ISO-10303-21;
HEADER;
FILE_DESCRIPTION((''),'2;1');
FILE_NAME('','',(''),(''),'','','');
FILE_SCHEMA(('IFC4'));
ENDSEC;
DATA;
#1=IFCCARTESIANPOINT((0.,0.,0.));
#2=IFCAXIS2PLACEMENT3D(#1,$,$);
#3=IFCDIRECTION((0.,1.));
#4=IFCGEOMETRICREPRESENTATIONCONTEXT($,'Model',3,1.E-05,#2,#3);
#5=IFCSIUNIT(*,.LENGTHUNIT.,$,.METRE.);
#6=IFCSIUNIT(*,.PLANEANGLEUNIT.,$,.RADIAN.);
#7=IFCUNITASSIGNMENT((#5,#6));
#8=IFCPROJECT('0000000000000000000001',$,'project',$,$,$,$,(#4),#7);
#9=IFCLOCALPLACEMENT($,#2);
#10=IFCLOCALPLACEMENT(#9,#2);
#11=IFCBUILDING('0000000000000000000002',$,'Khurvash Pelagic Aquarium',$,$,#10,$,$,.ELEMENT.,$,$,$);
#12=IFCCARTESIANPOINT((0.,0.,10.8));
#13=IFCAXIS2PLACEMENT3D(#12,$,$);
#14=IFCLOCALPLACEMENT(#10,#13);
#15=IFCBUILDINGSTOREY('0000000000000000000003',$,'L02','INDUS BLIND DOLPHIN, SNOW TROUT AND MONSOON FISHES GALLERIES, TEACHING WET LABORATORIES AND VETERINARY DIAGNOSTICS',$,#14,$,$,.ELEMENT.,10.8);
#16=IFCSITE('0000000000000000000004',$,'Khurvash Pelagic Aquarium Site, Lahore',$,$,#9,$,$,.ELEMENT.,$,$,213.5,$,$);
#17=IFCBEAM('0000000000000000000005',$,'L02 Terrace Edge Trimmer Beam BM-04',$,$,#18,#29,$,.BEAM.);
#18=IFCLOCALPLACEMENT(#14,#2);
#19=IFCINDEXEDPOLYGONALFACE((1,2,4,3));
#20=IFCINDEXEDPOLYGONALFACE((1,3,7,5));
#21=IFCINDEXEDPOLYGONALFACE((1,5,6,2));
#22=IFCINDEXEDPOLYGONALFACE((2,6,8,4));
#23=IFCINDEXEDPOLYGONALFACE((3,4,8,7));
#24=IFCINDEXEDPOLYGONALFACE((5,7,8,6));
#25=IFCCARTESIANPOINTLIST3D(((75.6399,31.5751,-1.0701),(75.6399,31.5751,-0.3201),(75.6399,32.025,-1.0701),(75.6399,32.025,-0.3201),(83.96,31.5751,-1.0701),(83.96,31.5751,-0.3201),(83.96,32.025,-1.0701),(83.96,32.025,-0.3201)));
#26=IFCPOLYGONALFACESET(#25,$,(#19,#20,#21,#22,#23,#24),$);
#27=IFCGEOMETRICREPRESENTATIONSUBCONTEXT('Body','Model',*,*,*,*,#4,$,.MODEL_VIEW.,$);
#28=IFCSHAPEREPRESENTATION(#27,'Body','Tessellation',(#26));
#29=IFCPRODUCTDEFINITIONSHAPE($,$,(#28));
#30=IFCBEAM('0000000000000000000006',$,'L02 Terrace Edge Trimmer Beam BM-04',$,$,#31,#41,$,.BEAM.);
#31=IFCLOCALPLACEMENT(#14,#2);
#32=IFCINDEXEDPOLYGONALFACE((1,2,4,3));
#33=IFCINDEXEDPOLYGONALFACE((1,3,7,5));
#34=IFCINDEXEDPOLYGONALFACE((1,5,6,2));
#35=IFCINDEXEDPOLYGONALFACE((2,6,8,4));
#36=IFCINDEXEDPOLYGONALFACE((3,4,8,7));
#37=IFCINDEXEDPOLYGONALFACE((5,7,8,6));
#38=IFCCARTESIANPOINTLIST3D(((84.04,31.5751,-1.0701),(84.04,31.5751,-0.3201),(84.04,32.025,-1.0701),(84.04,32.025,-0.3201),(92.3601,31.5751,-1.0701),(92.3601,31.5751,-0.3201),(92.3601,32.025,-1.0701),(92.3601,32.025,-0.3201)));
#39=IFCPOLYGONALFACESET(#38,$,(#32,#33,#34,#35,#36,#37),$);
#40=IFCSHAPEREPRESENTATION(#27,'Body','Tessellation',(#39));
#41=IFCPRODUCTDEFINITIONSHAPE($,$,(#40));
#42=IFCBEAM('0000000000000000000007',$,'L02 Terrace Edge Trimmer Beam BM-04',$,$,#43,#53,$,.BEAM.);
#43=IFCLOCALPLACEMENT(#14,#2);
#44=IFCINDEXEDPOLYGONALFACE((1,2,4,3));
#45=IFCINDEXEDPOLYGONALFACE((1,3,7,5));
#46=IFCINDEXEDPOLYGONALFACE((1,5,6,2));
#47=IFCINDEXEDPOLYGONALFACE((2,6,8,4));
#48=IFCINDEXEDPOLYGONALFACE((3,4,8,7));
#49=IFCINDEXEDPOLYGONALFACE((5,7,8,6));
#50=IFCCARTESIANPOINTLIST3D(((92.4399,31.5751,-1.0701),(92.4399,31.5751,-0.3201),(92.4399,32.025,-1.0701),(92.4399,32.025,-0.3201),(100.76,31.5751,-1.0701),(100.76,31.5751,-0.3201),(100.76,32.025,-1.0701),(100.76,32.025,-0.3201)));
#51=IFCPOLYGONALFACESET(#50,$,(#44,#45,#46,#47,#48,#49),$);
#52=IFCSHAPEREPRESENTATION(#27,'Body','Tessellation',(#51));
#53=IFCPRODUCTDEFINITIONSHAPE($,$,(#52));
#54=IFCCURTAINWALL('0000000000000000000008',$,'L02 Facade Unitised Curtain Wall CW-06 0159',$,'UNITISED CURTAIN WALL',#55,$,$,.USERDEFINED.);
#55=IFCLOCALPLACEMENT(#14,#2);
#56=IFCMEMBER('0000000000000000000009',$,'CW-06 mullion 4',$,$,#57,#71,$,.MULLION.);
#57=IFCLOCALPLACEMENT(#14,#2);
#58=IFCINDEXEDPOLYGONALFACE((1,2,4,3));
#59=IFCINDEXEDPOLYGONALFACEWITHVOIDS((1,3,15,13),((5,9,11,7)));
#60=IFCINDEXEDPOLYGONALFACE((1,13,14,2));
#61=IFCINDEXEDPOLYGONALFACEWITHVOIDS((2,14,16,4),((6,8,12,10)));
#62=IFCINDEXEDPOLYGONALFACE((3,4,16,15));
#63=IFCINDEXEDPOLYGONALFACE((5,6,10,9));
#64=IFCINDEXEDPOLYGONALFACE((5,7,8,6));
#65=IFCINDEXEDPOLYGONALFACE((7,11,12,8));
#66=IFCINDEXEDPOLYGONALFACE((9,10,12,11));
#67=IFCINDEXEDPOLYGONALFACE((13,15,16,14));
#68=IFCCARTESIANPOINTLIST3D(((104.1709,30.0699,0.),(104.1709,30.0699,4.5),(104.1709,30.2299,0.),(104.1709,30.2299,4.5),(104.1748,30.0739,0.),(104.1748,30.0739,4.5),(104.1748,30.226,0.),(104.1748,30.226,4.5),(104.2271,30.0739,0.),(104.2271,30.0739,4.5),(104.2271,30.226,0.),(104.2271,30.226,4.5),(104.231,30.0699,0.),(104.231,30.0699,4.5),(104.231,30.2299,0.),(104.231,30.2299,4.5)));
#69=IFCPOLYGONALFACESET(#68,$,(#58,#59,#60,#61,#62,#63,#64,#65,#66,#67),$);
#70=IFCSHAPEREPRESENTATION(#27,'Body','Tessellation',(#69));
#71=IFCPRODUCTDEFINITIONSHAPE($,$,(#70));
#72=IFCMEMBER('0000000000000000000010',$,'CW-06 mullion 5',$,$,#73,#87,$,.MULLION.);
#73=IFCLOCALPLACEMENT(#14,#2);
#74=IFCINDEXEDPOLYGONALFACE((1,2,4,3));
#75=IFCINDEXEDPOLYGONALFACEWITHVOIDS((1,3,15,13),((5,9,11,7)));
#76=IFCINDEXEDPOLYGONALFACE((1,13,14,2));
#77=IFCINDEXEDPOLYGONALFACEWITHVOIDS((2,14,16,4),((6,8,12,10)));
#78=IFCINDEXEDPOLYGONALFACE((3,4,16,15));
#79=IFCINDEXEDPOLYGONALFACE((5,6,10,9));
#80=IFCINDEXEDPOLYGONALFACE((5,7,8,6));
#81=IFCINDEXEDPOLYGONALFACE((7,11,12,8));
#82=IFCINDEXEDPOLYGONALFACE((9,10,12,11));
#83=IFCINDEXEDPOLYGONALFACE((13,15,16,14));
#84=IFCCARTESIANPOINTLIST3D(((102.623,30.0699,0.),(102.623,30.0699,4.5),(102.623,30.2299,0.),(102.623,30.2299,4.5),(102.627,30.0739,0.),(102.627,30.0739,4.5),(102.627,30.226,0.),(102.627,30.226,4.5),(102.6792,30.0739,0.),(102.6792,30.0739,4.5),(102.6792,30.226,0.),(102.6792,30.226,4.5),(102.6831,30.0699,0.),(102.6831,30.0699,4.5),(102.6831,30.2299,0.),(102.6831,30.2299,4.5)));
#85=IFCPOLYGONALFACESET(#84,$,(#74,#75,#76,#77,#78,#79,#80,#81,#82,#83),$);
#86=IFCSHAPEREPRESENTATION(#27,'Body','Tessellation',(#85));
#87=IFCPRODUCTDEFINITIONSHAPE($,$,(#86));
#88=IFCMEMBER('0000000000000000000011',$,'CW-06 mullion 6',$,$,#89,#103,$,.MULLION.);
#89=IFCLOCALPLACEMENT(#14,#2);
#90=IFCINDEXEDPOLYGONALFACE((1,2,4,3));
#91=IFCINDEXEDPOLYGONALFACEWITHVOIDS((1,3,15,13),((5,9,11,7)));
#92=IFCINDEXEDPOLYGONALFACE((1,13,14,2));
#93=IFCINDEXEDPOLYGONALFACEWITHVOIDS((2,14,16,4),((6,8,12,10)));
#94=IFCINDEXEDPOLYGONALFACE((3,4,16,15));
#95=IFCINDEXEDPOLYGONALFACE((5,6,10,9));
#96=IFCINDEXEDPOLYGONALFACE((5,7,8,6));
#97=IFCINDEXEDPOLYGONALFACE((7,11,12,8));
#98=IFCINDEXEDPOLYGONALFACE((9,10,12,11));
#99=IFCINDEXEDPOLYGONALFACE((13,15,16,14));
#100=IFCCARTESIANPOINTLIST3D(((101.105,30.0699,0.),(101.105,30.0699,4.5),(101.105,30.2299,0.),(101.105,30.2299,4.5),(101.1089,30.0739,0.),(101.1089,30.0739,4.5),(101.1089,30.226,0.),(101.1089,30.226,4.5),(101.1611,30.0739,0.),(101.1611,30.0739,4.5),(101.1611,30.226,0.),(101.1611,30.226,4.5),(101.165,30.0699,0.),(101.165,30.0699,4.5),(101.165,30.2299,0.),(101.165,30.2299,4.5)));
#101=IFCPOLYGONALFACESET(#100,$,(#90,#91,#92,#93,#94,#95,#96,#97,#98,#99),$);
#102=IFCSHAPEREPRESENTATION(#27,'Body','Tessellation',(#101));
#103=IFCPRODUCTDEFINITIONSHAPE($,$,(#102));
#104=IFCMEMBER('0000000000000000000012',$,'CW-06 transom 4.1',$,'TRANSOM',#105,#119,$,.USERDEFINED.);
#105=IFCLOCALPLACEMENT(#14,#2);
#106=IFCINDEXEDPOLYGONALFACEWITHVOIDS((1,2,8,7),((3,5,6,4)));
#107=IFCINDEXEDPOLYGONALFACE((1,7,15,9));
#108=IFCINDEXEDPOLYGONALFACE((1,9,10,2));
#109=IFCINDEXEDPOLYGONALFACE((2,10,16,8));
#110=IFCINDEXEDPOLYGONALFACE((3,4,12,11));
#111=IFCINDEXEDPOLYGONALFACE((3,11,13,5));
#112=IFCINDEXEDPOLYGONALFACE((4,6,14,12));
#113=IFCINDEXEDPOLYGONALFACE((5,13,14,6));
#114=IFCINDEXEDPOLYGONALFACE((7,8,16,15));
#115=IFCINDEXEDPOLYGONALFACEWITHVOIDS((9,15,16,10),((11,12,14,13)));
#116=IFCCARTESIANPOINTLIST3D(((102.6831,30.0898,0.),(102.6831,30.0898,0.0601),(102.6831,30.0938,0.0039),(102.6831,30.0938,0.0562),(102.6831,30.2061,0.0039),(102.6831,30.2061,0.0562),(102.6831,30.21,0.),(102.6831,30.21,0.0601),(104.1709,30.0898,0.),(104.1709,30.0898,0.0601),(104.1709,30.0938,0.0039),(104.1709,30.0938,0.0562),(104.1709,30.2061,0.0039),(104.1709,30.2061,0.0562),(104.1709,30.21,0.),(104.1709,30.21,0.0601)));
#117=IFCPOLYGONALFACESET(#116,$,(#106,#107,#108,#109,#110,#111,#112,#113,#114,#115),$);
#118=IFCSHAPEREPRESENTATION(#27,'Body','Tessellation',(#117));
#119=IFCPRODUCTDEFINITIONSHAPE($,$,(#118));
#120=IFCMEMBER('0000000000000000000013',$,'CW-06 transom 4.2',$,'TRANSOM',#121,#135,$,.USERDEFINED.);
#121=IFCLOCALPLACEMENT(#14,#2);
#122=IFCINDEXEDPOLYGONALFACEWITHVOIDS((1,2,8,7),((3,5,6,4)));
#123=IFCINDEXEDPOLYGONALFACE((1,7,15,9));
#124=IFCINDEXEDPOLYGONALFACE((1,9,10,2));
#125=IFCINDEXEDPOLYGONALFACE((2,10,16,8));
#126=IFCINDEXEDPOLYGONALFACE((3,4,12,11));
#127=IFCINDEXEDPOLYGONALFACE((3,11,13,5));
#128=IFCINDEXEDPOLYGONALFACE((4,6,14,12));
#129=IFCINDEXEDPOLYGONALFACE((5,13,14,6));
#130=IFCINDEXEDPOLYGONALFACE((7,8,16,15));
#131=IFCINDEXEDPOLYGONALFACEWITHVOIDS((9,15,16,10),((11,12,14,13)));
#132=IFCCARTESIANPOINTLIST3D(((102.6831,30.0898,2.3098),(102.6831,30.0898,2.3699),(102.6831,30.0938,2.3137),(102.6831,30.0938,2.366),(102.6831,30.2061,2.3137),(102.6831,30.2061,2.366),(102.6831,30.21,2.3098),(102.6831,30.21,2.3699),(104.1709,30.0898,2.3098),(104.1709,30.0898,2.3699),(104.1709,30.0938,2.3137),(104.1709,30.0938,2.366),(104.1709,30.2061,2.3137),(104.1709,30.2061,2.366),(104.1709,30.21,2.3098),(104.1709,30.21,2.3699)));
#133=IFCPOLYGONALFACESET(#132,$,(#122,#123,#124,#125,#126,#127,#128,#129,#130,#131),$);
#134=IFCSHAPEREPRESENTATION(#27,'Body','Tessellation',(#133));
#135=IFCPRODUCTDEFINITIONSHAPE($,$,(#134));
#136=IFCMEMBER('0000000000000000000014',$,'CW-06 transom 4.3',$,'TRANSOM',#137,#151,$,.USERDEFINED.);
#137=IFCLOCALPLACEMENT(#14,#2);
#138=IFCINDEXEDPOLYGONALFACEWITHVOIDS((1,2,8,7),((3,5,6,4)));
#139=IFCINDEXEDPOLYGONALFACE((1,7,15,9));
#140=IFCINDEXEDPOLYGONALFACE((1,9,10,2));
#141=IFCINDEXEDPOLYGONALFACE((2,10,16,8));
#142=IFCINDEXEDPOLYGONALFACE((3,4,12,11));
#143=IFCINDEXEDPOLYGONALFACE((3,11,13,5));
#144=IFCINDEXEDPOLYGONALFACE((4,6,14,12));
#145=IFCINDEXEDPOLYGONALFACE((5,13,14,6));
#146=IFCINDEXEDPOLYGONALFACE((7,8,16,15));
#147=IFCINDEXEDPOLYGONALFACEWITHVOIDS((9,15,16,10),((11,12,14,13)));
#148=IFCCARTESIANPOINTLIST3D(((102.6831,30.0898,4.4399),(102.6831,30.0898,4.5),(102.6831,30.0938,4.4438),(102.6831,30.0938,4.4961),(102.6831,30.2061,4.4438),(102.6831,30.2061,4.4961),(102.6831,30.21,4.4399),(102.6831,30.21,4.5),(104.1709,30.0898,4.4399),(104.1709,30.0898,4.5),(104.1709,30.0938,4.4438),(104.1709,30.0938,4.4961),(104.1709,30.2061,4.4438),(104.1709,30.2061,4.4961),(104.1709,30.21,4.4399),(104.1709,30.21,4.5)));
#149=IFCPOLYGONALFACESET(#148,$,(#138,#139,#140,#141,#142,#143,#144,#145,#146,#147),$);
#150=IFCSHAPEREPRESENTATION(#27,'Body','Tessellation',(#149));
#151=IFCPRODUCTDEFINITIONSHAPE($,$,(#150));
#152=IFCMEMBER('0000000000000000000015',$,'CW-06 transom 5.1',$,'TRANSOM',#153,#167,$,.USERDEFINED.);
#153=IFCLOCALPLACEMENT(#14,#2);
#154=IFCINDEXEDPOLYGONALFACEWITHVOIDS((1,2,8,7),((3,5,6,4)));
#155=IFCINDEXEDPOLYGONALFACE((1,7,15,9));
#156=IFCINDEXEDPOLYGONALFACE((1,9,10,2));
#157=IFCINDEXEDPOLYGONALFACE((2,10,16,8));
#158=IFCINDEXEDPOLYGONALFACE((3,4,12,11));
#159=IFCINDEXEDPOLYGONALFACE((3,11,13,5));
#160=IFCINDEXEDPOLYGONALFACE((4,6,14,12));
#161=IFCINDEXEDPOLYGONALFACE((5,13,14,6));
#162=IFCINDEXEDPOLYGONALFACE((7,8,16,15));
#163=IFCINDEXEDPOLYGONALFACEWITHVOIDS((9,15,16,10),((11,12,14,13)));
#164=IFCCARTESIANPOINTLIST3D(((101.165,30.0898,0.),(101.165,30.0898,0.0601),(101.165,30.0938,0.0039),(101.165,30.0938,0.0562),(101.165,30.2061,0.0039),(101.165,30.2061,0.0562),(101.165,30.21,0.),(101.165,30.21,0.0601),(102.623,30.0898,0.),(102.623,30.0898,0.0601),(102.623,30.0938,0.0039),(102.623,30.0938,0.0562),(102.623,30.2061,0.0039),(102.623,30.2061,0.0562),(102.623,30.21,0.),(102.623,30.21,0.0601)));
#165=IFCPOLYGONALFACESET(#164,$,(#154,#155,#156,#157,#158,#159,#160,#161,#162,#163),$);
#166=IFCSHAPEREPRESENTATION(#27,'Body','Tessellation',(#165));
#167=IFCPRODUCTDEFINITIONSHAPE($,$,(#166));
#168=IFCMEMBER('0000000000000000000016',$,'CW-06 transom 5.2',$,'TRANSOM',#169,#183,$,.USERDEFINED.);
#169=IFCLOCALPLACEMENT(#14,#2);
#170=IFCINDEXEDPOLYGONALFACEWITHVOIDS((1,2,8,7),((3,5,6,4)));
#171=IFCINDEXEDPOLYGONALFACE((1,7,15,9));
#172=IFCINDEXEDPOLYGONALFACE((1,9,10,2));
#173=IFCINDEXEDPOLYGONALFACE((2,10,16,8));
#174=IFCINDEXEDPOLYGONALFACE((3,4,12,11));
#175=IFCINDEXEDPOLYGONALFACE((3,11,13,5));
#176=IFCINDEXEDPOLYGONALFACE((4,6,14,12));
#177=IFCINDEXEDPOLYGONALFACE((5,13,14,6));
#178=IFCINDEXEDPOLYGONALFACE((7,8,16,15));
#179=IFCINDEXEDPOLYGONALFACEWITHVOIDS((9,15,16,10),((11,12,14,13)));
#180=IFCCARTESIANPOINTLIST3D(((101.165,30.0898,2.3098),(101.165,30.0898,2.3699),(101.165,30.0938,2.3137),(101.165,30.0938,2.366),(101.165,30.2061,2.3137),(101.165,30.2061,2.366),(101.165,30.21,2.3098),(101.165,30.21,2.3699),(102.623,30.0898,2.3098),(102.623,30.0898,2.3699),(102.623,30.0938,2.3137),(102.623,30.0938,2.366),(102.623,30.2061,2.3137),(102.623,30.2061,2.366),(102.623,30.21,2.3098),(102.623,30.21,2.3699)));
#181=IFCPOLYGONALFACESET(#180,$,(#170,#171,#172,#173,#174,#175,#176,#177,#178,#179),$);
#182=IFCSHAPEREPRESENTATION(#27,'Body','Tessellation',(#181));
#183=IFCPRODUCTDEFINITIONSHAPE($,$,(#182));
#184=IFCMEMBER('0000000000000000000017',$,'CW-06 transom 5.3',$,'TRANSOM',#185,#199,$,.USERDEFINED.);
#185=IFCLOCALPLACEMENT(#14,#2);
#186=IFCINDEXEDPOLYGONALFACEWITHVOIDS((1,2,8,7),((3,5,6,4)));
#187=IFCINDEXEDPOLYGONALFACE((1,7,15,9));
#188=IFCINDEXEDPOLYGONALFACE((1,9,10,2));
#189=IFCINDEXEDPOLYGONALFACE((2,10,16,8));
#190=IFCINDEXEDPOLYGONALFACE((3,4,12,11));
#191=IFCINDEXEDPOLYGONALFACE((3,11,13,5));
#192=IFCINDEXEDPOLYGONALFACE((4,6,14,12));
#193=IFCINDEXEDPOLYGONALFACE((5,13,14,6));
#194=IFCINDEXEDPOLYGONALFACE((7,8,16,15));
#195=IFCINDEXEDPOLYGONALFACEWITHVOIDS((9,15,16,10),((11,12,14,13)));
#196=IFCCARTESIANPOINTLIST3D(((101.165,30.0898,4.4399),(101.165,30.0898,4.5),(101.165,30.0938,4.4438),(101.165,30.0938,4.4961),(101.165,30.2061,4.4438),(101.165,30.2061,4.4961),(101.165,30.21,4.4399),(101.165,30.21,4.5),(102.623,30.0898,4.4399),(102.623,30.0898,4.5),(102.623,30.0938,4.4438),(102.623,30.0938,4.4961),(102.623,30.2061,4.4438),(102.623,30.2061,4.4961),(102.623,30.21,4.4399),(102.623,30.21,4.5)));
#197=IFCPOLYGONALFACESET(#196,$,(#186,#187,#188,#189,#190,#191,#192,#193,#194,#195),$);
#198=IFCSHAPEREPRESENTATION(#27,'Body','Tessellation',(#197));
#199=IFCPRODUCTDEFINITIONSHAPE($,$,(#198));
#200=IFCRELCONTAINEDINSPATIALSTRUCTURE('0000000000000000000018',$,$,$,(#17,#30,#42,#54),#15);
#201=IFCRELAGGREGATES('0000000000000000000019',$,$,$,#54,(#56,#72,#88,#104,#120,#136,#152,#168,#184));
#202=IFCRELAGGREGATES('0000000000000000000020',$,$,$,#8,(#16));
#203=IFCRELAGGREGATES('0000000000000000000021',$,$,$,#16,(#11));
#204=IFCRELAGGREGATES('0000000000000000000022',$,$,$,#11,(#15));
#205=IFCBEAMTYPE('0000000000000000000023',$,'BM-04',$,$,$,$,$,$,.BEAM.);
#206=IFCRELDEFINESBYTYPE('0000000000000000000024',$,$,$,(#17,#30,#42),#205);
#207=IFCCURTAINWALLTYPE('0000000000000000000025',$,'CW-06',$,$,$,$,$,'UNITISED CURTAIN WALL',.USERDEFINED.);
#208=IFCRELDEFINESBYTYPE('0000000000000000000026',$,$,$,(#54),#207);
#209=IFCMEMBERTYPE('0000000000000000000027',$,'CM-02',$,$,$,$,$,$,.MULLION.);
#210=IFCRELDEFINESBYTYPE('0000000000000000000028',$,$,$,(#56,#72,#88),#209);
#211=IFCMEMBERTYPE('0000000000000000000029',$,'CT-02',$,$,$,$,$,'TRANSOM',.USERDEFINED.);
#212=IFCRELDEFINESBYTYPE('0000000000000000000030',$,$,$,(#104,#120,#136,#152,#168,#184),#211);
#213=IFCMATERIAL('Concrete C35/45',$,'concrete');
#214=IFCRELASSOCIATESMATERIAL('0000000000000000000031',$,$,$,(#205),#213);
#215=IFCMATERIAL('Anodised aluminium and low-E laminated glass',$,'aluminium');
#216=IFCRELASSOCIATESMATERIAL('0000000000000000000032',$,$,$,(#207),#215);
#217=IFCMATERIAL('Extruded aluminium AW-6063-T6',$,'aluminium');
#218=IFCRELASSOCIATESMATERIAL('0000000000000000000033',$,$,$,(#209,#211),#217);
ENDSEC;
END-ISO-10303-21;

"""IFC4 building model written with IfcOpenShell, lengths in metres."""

from ifc_helpers import new_model, si_unit, direction, frame, origin, origin_2d, place, context, subcontext, project, spatial, rectangle, hollow_rectangle, extrude, material, material_profile, profile_set, type_object, element, aggregate, save


model = new_model("IFC4")

# Units and contexts
model_context = context("Model", 3, precision=1e-05, world=origin(), true_north=direction((0.0, 1.0)))
body_context = subcontext(model_context, "Body", "Model", "MODEL_VIEW")
ifc_project = project(units=[si_unit("LENGTHUNIT", "METRE"), si_unit("PLANEANGLEUNIT", "RADIAN")], contexts=[model_context])

# Site, building, storey
site_placement = place(None, origin())
site = spatial("IfcSite", under=ifc_project, at=site_placement, Name="Khurvash Pelagic Aquarium Site, Lahore", CompositionType="ELEMENT", RefElevation=213.5)
building_placement = place(site_placement, origin())
building = spatial("IfcBuilding", under=site, at=building_placement, Name="Khurvash Pelagic Aquarium", CompositionType="ELEMENT")
storey_placement = place(building_placement, frame((0.0, 0.0, 10.8)))
storey = spatial("IfcBuildingStorey", under=building, at=storey_placement, Name="L02", Description="INDUS BLIND DOLPHIN, SNOW TROUT AND MONSOON FISHES GALLERIES, TEACHING WET LABORATORIES AND VETERINARY DIAGNOSTICS", CompositionType="ELEMENT", Elevation=10.8)

# Beams
ifc_material_1 = material(Name="Concrete C35/45", Category="concrete")
ifc_material_profile_1 = material_profile(ifc_material_1, rectangle(XDim=0.45, YDim=0.75, at=origin_2d()), Name="RC450X750")
ifc_profile_set_1 = profile_set([ifc_material_profile_1], Name="Concrete C35/45")
beam_type = type_object("IfcBeamType", Name="BM-04", PredefinedType="BEAM", material=ifc_profile_set_1)
for number, where, z_axis, x_axis, name in (
    (1, (75.6399, 31.8, -0.6951), (1.0, 0.0, 0.0), (0.0, 1.0, 0.0), "L02 Terrace Edge Trimmer Beam BM-04"),
    (2, (84.04, 31.8, -0.6951), (1.0, 0.0, 0.0), (0.0, 1.0, 0.0), "L02 Terrace Edge Trimmer Beam BM-04"),
    (3, (92.4399, 31.8, -0.6951), (1.0, 0.0, 0.0), (0.0, 1.0, 0.0), "L02 Terrace Edge Trimmer Beam BM-04"),
):
    element("IfcBeam", number, at=place(storey_placement, frame(where, z_axis=z_axis, x_axis=x_axis)), inside=storey, type_object=beam_type, Name=name, PredefinedType="BEAM", context=body_context, shape_type="SweptSolid", body=[
        extrude(rectangle(XDim=0.45, YDim=0.75, at=origin_2d()), origin(), (0.0, 0.0, 1.0), 8.3201),
    ])

# Curtain wall, members
ifc_material_2 = material(Name="Anodised aluminium and low-E laminated glass", Category="aluminium")
curtain_wall_type = type_object("IfcCurtainWallType", Name="CW-06", ElementType="UNITISED CURTAIN WALL", PredefinedType="USERDEFINED", material=ifc_material_2)
curtain_wall_placement = place(storey_placement, origin())
curtain_wall = element("IfcCurtainWall", 4, at=curtain_wall_placement, inside=storey, type_object=curtain_wall_type, Name="L02 Facade Unitised Curtain Wall CW-06 0159", ObjectType="UNITISED CURTAIN WALL", PredefinedType="USERDEFINED")
ifc_material_3 = material(Name="Extruded aluminium AW-6063-T6", Category="aluminium")
ifc_material_profile_2 = material_profile(ifc_material_3, hollow_rectangle(XDim=0.0601, YDim=0.1599, WallThickness=0.0039, at=origin_2d()), Name="CWM60X160X4")
ifc_profile_set_2 = profile_set([ifc_material_profile_2], Name="Extruded aluminium AW-6063-T6")
member_type_1 = type_object("IfcMemberType", Name="CM-02", PredefinedType="MULLION", material=ifc_profile_set_2)
member_1_placement = place(storey_placement, frame((104.2009, 30.1499, 0.0), z_axis=(0.0, 0.0, 1.0), x_axis=(-1.0, 0.0, 0.0)))
member_1 = element("IfcMember", 5, at=member_1_placement, type_object=member_type_1, Name="CW-06 mullion 4", PredefinedType="MULLION", context=body_context, shape_type="SweptSolid", body=[
    extrude(hollow_rectangle(XDim=0.0601, YDim=0.1599, WallThickness=0.0039, at=origin_2d()), origin(), (0.0, 0.0, 1.0), 4.5),
])
member_2_placement = place(storey_placement, frame((102.6531, 30.1499, 0.0), z_axis=(0.0, 0.0, 1.0), x_axis=(-1.0, 0.0, 0.0)))
member_2 = element("IfcMember", 6, at=member_2_placement, type_object=member_type_1, Name="CW-06 mullion 5", PredefinedType="MULLION", context=body_context, shape_type="SweptSolid", body=[
    extrude(hollow_rectangle(XDim=0.0601, YDim=0.1599, WallThickness=0.0039, at=origin_2d()), origin(), (0.0, 0.0, 1.0), 4.5),
])
member_3_placement = place(storey_placement, frame((101.135, 30.1499, 0.0), z_axis=(0.0, 0.0, 1.0), x_axis=(-1.0, 0.0, 0.0)))
member_3 = element("IfcMember", 7, at=member_3_placement, type_object=member_type_1, Name="CW-06 mullion 6", PredefinedType="MULLION", context=body_context, shape_type="SweptSolid", body=[
    extrude(hollow_rectangle(XDim=0.0601, YDim=0.1599, WallThickness=0.0039, at=origin_2d()), origin(), (0.0, 0.0, 1.0), 4.5),
])
ifc_material_profile_3 = material_profile(ifc_material_3, hollow_rectangle(XDim=0.1201, YDim=0.0601, WallThickness=0.0039, at=origin_2d()), Name="CWT120X60X4")
ifc_profile_set_3 = profile_set([ifc_material_profile_3], Name="Extruded aluminium AW-6063-T6")
member_type_2 = type_object("IfcMemberType", Name="CT-02", ElementType="TRANSOM", PredefinedType="USERDEFINED", material=ifc_profile_set_3)
member_4_placement = place(storey_placement, frame((104.1709, 30.1499, 0.03), z_axis=(-1.0, 0.0, 0.0), x_axis=(0.0, -1.0, 0.0)))
member_4 = element("IfcMember", 8, at=member_4_placement, type_object=member_type_2, Name="CW-06 transom 4.1", ObjectType="TRANSOM", PredefinedType="USERDEFINED", context=body_context, shape_type="SweptSolid", body=[
    extrude(hollow_rectangle(XDim=0.1201, YDim=0.0601, WallThickness=0.0039, at=origin_2d()), origin(), (0.0, 0.0, 1.0), 1.4878),
])
member_5_placement = place(storey_placement, frame((104.1709, 30.1499, 2.3398), z_axis=(-1.0, 0.0, 0.0), x_axis=(0.0, -1.0, 0.0)))
member_5 = element("IfcMember", 9, at=member_5_placement, type_object=member_type_2, Name="CW-06 transom 4.2", ObjectType="TRANSOM", PredefinedType="USERDEFINED", context=body_context, shape_type="SweptSolid", body=[
    extrude(hollow_rectangle(XDim=0.1201, YDim=0.0601, WallThickness=0.0039, at=origin_2d()), origin(), (0.0, 0.0, 1.0), 1.4878),
])
member_6_placement = place(storey_placement, frame((104.1709, 30.1499, 4.47), z_axis=(-1.0, 0.0, 0.0), x_axis=(0.0, -1.0, 0.0)))
member_6 = element("IfcMember", 10, at=member_6_placement, type_object=member_type_2, Name="CW-06 transom 4.3", ObjectType="TRANSOM", PredefinedType="USERDEFINED", context=body_context, shape_type="SweptSolid", body=[
    extrude(hollow_rectangle(XDim=0.1201, YDim=0.0601, WallThickness=0.0039, at=origin_2d()), origin(), (0.0, 0.0, 1.0), 1.4878),
])
member_7_placement = place(storey_placement, frame((102.623, 30.1499, 0.03), z_axis=(-1.0, 0.0, 0.0), x_axis=(0.0, -1.0, 0.0)))
member_7 = element("IfcMember", 11, at=member_7_placement, type_object=member_type_2, Name="CW-06 transom 5.1", ObjectType="TRANSOM", PredefinedType="USERDEFINED", context=body_context, shape_type="SweptSolid", body=[
    extrude(hollow_rectangle(XDim=0.1201, YDim=0.0601, WallThickness=0.0039, at=origin_2d()), origin(), (0.0, 0.0, 1.0), 1.458),
])
member_8_placement = place(storey_placement, frame((102.623, 30.1499, 2.3398), z_axis=(-1.0, 0.0, 0.0), x_axis=(0.0, -1.0, 0.0)))
member_8 = element("IfcMember", 12, at=member_8_placement, type_object=member_type_2, Name="CW-06 transom 5.2", ObjectType="TRANSOM", PredefinedType="USERDEFINED", context=body_context, shape_type="SweptSolid", body=[
    extrude(hollow_rectangle(XDim=0.1201, YDim=0.0601, WallThickness=0.0039, at=origin_2d()), origin(), (0.0, 0.0, 1.0), 1.458),
])
member_9_placement = place(storey_placement, frame((102.623, 30.1499, 4.47), z_axis=(-1.0, 0.0, 0.0), x_axis=(0.0, -1.0, 0.0)))
member_9 = element("IfcMember", 13, at=member_9_placement, type_object=member_type_2, Name="CW-06 transom 5.3", ObjectType="TRANSOM", PredefinedType="USERDEFINED", context=body_context, shape_type="SweptSolid", body=[
    extrude(hollow_rectangle(XDim=0.1201, YDim=0.0601, WallThickness=0.0039, at=origin_2d()), origin(), (0.0, 0.0, 1.0), 1.458),
])
aggregate(curtain_wall, [member_1, member_2, member_3, member_4, member_5, member_6, member_7, member_8, member_9])

save(model, "model.ifc")
